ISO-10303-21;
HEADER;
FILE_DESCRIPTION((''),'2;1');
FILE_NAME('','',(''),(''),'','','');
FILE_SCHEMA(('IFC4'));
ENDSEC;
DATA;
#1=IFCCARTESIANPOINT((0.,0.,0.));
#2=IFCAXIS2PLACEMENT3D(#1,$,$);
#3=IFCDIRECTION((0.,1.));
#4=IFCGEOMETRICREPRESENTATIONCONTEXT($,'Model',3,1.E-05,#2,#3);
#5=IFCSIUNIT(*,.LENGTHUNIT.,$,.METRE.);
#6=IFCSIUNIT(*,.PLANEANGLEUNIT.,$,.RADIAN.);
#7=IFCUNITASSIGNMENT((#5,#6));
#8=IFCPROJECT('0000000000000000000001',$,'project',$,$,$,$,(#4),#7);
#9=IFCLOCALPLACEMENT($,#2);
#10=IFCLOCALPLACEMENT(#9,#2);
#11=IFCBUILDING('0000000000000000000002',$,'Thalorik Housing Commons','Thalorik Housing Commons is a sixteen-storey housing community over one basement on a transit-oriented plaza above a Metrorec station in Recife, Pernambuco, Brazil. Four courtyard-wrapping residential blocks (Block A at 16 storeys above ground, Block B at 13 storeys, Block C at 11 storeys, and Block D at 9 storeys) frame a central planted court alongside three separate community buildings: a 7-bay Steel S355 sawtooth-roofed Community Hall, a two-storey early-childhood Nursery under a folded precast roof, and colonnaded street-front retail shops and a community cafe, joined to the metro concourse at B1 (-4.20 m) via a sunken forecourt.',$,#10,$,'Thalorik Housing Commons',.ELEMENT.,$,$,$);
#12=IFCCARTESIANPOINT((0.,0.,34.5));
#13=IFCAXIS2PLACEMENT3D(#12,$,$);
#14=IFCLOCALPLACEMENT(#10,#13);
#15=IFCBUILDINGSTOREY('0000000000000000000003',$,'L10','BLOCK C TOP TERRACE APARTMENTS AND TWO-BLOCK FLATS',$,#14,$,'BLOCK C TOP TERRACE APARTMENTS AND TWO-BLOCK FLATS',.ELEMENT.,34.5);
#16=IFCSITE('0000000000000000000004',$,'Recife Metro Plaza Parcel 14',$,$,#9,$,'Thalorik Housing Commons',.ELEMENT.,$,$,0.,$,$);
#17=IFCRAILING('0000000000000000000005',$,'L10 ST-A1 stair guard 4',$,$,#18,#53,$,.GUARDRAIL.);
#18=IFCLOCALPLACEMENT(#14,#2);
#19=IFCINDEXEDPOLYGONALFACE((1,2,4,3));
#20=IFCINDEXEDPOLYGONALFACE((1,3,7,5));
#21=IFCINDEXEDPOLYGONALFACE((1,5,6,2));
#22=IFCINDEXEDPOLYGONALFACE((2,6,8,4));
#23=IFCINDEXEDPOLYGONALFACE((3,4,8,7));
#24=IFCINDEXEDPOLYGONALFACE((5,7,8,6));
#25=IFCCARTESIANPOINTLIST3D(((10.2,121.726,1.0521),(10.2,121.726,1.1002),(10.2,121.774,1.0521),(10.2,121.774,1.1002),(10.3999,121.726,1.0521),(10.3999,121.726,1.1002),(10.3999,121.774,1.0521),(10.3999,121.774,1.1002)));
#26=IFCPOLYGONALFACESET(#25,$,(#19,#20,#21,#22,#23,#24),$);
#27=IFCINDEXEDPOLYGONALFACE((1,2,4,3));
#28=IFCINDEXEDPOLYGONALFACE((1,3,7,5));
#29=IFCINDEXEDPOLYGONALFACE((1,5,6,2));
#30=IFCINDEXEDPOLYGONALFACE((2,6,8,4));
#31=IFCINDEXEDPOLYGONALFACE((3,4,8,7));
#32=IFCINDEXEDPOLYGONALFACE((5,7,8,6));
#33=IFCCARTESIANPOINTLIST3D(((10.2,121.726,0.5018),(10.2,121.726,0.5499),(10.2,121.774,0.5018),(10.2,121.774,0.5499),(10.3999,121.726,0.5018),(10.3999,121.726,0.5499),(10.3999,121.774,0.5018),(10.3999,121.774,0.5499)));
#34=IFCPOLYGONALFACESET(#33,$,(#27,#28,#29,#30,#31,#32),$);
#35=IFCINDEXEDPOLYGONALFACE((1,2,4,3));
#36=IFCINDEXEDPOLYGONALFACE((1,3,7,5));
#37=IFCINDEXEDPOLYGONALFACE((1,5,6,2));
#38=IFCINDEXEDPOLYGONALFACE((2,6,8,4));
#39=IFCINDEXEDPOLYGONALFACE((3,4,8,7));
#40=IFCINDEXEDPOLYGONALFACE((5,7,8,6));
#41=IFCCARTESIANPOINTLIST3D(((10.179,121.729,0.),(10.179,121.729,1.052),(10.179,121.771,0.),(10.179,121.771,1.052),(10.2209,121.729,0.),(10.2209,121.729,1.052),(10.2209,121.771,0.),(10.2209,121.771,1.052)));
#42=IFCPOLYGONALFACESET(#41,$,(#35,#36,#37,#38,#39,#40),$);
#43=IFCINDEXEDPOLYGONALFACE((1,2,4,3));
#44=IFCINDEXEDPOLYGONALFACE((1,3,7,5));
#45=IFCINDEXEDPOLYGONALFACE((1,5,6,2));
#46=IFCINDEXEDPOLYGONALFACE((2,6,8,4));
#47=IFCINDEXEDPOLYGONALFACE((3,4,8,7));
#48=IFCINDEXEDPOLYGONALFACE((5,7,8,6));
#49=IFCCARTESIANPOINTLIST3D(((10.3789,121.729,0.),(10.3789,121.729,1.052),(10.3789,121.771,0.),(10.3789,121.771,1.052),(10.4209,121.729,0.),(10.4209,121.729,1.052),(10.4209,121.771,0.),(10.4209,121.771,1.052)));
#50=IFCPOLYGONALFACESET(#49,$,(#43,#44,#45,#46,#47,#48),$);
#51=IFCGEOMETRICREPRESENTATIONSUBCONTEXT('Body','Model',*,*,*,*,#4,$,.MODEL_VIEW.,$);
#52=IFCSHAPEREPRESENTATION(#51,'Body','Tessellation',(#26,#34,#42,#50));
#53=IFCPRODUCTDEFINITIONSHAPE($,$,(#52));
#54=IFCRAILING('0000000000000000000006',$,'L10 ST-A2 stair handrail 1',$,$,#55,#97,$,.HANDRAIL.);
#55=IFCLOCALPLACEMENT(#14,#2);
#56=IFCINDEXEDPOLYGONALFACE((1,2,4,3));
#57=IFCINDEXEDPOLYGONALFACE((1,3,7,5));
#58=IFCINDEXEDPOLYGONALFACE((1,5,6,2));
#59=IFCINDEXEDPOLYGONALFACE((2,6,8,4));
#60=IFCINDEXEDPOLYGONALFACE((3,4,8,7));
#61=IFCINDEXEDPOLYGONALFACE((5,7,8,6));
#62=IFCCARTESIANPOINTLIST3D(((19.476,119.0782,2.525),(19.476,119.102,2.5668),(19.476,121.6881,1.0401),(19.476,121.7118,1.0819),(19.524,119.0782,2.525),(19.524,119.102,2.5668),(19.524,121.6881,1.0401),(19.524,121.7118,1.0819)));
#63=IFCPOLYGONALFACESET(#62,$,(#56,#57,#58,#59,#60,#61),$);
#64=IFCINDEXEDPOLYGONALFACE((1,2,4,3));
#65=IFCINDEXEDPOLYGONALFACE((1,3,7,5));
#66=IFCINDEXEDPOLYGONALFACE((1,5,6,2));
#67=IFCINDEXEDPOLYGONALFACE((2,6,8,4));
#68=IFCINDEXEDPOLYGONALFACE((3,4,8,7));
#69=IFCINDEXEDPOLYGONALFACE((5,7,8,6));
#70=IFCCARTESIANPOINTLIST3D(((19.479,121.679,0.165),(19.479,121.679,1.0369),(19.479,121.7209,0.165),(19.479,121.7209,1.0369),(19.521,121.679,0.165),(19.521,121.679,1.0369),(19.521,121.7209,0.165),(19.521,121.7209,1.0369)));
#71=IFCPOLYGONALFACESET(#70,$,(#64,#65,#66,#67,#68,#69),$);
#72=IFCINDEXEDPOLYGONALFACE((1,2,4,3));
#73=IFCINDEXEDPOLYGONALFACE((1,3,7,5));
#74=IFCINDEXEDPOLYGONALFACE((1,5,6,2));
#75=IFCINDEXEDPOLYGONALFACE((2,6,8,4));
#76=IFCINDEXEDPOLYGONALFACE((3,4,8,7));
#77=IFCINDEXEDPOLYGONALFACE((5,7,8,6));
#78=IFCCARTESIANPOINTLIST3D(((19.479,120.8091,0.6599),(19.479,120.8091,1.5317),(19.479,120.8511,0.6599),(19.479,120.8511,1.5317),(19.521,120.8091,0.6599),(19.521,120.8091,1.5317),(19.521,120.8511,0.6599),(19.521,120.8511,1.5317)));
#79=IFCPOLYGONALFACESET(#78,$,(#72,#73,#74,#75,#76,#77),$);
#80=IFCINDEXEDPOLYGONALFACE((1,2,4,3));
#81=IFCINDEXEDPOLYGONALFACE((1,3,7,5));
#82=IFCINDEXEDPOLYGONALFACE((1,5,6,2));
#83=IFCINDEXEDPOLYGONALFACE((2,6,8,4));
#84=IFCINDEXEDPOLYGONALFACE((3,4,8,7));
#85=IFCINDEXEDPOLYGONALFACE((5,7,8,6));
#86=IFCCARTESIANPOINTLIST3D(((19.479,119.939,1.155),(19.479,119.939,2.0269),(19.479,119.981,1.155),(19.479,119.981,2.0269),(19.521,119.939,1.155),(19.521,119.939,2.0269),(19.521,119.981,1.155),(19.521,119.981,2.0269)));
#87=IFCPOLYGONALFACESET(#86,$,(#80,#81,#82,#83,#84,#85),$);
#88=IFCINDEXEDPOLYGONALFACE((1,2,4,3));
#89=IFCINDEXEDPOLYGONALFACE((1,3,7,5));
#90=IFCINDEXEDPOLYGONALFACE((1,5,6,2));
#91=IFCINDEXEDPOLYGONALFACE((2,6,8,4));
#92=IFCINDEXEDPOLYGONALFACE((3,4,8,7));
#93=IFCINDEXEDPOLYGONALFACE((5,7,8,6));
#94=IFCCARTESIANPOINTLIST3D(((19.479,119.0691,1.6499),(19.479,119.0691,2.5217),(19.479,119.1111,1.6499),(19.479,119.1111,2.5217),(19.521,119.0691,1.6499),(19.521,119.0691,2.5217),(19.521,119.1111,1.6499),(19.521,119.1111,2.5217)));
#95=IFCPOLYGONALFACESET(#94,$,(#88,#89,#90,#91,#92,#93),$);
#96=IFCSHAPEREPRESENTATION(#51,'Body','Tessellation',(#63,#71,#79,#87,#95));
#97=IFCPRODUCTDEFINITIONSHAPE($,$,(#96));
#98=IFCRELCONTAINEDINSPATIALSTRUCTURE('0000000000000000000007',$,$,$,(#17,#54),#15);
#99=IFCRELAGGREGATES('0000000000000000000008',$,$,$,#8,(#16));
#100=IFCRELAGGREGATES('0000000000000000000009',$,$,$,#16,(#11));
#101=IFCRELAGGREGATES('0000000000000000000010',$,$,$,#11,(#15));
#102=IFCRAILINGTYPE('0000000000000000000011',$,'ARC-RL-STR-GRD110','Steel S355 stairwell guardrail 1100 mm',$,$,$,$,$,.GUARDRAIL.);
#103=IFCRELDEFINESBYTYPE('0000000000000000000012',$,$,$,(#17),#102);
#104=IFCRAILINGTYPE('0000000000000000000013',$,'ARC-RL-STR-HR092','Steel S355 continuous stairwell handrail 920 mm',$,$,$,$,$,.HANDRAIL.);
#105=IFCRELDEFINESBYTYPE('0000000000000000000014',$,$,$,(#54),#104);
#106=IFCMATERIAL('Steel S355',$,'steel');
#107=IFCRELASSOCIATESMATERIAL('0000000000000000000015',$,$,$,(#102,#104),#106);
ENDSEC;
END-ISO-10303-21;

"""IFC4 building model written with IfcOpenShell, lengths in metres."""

from ifc_helpers import new_model, si_unit, direction, frame, origin, origin_2d, place, context, subcontext, project, spatial, rectangle, extrude, material, type_object, element, save


model = new_model("IFC4")

# Units and contexts
model_context = context("Model", 3, precision=1e-05, world=origin(), true_north=direction((0.0, 1.0)))
body_context = subcontext(model_context, "Body", "Model", "MODEL_VIEW")
ifc_project = project(units=[si_unit("LENGTHUNIT", "METRE"), si_unit("PLANEANGLEUNIT", "RADIAN")], contexts=[model_context])

# Site, building, storey
site_placement = place(None, origin())
site = spatial("IfcSite", under=ifc_project, at=site_placement, Name="Recife Metro Plaza Parcel 14", LongName="Thalorik Housing Commons", CompositionType="ELEMENT", RefElevation=0.0)
building_placement = place(site_placement, origin())
building = spatial("IfcBuilding", under=site, at=building_placement, Name="Thalorik Housing Commons", Description="Thalorik Housing Commons is a sixteen-storey housing community over one basement on a transit-oriented plaza above a Metrorec station in Recife, Pernambuco, Brazil. Four courtyard-wrapping residential blocks (Block A at 16 storeys above ground, Block B at 13 storeys, Block C at 11 storeys, and Block D at 9 storeys) frame a central planted court alongside three separate community buildings: a 7-bay Steel S355 sawtooth-roofed Community Hall, a two-storey early-childhood Nursery under a folded precast roof, and colonnaded street-front retail shops and a community cafe, joined to the metro concourse at B1 (-4.20 m) via a sunken forecourt.", LongName="Thalorik Housing Commons", CompositionType="ELEMENT")
storey_placement = place(building_placement, frame((0.0, 0.0, 34.5)))
storey = spatial("IfcBuildingStorey", under=building, at=storey_placement, Name="L10", Description="BLOCK C TOP TERRACE APARTMENTS AND TWO-BLOCK FLATS", LongName="BLOCK C TOP TERRACE APARTMENTS AND TWO-BLOCK FLATS", CompositionType="ELEMENT", Elevation=34.5)

# Shared definitions
ifc_material_1 = material(Name="Steel S355", Category="steel")

# Railings
railing_type_1 = type_object("IfcRailingType", Name="ARC-RL-STR-GRD110", Description="Steel S355 stairwell guardrail 1100 mm", PredefinedType="GUARDRAIL", material=ifc_material_1)
railing_1_placement = place(storey_placement, frame((10.2, 121.75, 0.0)))
element("IfcRailing", 1, at=railing_1_placement, inside=storey, type_object=railing_type_1, Name="L10 ST-A1 stair guard 4", PredefinedType="GUARDRAIL", context=body_context, shape_type="SweptSolid", body=[
    extrude(rectangle(XDim=0.0481, YDim=0.0481, at=origin_2d()), frame((0.0, 0.0, 1.0762), z_axis=(1.0, 0.0, 0.0), x_axis=(0.0, 1.0, 0.0)), (0.0, 0.0, 1.0), 0.2),
    extrude(rectangle(XDim=0.0481, YDim=0.0481, at=origin_2d()), frame((0.0, 0.0, 0.5259), z_axis=(1.0, 0.0, 0.0), x_axis=(0.0, 1.0, 0.0)), (0.0, 0.0, 1.0), 0.2),
    extrude(rectangle(XDim=0.042, YDim=0.042, at=origin_2d()), origin(), (0.0, 0.0, 1.0), 1.052),
    extrude(rectangle(XDim=0.042, YDim=0.042, at=origin_2d()), frame((0.2, 0.0, 0.0)), (0.0, 0.0, 1.0), 1.052),
])
railing_type_2 = type_object("IfcRailingType", Name="ARC-RL-STR-HR092", Description="Steel S355 continuous stairwell handrail 920 mm", PredefinedType="HANDRAIL", material=ifc_material_1)
railing_2_placement = place(storey_placement, frame((19.5, 121.7, 0.165)))
element("IfcRailing", 2, at=railing_2_placement, inside=storey, type_object=railing_type_2, Name="L10 ST-A2 stair handrail 1", PredefinedType="HANDRAIL", context=body_context, shape_type="SweptSolid", body=[
    extrude(rectangle(XDim=0.0481, YDim=0.0481, at=origin_2d()), frame((0.0, 0.0, 0.896), z_axis=(0.0, -0.869172, 0.494509), x_axis=(1.0, 0.0, 0.0)), (0.0, 0.0, 1.0), 3.0027),
    extrude(rectangle(XDim=0.042, YDim=0.042, at=origin_2d()), origin(), (0.0, 0.0, 1.0), 0.8718),
    extrude(rectangle(XDim=0.042, YDim=0.042, at=origin_2d()), frame((0.0, -0.8699, 0.4949)), (0.0, 0.0, 1.0), 0.8718),
    extrude(rectangle(XDim=0.042, YDim=0.042, at=origin_2d()), frame((0.0, -1.74, 0.99)), (0.0, 0.0, 1.0), 0.8718),
    extrude(rectangle(XDim=0.042, YDim=0.042, at=origin_2d()), frame((0.0, -2.6099, 1.4849)), (0.0, 0.0, 1.0), 0.8718),
])

save(model, "model.ifc")
